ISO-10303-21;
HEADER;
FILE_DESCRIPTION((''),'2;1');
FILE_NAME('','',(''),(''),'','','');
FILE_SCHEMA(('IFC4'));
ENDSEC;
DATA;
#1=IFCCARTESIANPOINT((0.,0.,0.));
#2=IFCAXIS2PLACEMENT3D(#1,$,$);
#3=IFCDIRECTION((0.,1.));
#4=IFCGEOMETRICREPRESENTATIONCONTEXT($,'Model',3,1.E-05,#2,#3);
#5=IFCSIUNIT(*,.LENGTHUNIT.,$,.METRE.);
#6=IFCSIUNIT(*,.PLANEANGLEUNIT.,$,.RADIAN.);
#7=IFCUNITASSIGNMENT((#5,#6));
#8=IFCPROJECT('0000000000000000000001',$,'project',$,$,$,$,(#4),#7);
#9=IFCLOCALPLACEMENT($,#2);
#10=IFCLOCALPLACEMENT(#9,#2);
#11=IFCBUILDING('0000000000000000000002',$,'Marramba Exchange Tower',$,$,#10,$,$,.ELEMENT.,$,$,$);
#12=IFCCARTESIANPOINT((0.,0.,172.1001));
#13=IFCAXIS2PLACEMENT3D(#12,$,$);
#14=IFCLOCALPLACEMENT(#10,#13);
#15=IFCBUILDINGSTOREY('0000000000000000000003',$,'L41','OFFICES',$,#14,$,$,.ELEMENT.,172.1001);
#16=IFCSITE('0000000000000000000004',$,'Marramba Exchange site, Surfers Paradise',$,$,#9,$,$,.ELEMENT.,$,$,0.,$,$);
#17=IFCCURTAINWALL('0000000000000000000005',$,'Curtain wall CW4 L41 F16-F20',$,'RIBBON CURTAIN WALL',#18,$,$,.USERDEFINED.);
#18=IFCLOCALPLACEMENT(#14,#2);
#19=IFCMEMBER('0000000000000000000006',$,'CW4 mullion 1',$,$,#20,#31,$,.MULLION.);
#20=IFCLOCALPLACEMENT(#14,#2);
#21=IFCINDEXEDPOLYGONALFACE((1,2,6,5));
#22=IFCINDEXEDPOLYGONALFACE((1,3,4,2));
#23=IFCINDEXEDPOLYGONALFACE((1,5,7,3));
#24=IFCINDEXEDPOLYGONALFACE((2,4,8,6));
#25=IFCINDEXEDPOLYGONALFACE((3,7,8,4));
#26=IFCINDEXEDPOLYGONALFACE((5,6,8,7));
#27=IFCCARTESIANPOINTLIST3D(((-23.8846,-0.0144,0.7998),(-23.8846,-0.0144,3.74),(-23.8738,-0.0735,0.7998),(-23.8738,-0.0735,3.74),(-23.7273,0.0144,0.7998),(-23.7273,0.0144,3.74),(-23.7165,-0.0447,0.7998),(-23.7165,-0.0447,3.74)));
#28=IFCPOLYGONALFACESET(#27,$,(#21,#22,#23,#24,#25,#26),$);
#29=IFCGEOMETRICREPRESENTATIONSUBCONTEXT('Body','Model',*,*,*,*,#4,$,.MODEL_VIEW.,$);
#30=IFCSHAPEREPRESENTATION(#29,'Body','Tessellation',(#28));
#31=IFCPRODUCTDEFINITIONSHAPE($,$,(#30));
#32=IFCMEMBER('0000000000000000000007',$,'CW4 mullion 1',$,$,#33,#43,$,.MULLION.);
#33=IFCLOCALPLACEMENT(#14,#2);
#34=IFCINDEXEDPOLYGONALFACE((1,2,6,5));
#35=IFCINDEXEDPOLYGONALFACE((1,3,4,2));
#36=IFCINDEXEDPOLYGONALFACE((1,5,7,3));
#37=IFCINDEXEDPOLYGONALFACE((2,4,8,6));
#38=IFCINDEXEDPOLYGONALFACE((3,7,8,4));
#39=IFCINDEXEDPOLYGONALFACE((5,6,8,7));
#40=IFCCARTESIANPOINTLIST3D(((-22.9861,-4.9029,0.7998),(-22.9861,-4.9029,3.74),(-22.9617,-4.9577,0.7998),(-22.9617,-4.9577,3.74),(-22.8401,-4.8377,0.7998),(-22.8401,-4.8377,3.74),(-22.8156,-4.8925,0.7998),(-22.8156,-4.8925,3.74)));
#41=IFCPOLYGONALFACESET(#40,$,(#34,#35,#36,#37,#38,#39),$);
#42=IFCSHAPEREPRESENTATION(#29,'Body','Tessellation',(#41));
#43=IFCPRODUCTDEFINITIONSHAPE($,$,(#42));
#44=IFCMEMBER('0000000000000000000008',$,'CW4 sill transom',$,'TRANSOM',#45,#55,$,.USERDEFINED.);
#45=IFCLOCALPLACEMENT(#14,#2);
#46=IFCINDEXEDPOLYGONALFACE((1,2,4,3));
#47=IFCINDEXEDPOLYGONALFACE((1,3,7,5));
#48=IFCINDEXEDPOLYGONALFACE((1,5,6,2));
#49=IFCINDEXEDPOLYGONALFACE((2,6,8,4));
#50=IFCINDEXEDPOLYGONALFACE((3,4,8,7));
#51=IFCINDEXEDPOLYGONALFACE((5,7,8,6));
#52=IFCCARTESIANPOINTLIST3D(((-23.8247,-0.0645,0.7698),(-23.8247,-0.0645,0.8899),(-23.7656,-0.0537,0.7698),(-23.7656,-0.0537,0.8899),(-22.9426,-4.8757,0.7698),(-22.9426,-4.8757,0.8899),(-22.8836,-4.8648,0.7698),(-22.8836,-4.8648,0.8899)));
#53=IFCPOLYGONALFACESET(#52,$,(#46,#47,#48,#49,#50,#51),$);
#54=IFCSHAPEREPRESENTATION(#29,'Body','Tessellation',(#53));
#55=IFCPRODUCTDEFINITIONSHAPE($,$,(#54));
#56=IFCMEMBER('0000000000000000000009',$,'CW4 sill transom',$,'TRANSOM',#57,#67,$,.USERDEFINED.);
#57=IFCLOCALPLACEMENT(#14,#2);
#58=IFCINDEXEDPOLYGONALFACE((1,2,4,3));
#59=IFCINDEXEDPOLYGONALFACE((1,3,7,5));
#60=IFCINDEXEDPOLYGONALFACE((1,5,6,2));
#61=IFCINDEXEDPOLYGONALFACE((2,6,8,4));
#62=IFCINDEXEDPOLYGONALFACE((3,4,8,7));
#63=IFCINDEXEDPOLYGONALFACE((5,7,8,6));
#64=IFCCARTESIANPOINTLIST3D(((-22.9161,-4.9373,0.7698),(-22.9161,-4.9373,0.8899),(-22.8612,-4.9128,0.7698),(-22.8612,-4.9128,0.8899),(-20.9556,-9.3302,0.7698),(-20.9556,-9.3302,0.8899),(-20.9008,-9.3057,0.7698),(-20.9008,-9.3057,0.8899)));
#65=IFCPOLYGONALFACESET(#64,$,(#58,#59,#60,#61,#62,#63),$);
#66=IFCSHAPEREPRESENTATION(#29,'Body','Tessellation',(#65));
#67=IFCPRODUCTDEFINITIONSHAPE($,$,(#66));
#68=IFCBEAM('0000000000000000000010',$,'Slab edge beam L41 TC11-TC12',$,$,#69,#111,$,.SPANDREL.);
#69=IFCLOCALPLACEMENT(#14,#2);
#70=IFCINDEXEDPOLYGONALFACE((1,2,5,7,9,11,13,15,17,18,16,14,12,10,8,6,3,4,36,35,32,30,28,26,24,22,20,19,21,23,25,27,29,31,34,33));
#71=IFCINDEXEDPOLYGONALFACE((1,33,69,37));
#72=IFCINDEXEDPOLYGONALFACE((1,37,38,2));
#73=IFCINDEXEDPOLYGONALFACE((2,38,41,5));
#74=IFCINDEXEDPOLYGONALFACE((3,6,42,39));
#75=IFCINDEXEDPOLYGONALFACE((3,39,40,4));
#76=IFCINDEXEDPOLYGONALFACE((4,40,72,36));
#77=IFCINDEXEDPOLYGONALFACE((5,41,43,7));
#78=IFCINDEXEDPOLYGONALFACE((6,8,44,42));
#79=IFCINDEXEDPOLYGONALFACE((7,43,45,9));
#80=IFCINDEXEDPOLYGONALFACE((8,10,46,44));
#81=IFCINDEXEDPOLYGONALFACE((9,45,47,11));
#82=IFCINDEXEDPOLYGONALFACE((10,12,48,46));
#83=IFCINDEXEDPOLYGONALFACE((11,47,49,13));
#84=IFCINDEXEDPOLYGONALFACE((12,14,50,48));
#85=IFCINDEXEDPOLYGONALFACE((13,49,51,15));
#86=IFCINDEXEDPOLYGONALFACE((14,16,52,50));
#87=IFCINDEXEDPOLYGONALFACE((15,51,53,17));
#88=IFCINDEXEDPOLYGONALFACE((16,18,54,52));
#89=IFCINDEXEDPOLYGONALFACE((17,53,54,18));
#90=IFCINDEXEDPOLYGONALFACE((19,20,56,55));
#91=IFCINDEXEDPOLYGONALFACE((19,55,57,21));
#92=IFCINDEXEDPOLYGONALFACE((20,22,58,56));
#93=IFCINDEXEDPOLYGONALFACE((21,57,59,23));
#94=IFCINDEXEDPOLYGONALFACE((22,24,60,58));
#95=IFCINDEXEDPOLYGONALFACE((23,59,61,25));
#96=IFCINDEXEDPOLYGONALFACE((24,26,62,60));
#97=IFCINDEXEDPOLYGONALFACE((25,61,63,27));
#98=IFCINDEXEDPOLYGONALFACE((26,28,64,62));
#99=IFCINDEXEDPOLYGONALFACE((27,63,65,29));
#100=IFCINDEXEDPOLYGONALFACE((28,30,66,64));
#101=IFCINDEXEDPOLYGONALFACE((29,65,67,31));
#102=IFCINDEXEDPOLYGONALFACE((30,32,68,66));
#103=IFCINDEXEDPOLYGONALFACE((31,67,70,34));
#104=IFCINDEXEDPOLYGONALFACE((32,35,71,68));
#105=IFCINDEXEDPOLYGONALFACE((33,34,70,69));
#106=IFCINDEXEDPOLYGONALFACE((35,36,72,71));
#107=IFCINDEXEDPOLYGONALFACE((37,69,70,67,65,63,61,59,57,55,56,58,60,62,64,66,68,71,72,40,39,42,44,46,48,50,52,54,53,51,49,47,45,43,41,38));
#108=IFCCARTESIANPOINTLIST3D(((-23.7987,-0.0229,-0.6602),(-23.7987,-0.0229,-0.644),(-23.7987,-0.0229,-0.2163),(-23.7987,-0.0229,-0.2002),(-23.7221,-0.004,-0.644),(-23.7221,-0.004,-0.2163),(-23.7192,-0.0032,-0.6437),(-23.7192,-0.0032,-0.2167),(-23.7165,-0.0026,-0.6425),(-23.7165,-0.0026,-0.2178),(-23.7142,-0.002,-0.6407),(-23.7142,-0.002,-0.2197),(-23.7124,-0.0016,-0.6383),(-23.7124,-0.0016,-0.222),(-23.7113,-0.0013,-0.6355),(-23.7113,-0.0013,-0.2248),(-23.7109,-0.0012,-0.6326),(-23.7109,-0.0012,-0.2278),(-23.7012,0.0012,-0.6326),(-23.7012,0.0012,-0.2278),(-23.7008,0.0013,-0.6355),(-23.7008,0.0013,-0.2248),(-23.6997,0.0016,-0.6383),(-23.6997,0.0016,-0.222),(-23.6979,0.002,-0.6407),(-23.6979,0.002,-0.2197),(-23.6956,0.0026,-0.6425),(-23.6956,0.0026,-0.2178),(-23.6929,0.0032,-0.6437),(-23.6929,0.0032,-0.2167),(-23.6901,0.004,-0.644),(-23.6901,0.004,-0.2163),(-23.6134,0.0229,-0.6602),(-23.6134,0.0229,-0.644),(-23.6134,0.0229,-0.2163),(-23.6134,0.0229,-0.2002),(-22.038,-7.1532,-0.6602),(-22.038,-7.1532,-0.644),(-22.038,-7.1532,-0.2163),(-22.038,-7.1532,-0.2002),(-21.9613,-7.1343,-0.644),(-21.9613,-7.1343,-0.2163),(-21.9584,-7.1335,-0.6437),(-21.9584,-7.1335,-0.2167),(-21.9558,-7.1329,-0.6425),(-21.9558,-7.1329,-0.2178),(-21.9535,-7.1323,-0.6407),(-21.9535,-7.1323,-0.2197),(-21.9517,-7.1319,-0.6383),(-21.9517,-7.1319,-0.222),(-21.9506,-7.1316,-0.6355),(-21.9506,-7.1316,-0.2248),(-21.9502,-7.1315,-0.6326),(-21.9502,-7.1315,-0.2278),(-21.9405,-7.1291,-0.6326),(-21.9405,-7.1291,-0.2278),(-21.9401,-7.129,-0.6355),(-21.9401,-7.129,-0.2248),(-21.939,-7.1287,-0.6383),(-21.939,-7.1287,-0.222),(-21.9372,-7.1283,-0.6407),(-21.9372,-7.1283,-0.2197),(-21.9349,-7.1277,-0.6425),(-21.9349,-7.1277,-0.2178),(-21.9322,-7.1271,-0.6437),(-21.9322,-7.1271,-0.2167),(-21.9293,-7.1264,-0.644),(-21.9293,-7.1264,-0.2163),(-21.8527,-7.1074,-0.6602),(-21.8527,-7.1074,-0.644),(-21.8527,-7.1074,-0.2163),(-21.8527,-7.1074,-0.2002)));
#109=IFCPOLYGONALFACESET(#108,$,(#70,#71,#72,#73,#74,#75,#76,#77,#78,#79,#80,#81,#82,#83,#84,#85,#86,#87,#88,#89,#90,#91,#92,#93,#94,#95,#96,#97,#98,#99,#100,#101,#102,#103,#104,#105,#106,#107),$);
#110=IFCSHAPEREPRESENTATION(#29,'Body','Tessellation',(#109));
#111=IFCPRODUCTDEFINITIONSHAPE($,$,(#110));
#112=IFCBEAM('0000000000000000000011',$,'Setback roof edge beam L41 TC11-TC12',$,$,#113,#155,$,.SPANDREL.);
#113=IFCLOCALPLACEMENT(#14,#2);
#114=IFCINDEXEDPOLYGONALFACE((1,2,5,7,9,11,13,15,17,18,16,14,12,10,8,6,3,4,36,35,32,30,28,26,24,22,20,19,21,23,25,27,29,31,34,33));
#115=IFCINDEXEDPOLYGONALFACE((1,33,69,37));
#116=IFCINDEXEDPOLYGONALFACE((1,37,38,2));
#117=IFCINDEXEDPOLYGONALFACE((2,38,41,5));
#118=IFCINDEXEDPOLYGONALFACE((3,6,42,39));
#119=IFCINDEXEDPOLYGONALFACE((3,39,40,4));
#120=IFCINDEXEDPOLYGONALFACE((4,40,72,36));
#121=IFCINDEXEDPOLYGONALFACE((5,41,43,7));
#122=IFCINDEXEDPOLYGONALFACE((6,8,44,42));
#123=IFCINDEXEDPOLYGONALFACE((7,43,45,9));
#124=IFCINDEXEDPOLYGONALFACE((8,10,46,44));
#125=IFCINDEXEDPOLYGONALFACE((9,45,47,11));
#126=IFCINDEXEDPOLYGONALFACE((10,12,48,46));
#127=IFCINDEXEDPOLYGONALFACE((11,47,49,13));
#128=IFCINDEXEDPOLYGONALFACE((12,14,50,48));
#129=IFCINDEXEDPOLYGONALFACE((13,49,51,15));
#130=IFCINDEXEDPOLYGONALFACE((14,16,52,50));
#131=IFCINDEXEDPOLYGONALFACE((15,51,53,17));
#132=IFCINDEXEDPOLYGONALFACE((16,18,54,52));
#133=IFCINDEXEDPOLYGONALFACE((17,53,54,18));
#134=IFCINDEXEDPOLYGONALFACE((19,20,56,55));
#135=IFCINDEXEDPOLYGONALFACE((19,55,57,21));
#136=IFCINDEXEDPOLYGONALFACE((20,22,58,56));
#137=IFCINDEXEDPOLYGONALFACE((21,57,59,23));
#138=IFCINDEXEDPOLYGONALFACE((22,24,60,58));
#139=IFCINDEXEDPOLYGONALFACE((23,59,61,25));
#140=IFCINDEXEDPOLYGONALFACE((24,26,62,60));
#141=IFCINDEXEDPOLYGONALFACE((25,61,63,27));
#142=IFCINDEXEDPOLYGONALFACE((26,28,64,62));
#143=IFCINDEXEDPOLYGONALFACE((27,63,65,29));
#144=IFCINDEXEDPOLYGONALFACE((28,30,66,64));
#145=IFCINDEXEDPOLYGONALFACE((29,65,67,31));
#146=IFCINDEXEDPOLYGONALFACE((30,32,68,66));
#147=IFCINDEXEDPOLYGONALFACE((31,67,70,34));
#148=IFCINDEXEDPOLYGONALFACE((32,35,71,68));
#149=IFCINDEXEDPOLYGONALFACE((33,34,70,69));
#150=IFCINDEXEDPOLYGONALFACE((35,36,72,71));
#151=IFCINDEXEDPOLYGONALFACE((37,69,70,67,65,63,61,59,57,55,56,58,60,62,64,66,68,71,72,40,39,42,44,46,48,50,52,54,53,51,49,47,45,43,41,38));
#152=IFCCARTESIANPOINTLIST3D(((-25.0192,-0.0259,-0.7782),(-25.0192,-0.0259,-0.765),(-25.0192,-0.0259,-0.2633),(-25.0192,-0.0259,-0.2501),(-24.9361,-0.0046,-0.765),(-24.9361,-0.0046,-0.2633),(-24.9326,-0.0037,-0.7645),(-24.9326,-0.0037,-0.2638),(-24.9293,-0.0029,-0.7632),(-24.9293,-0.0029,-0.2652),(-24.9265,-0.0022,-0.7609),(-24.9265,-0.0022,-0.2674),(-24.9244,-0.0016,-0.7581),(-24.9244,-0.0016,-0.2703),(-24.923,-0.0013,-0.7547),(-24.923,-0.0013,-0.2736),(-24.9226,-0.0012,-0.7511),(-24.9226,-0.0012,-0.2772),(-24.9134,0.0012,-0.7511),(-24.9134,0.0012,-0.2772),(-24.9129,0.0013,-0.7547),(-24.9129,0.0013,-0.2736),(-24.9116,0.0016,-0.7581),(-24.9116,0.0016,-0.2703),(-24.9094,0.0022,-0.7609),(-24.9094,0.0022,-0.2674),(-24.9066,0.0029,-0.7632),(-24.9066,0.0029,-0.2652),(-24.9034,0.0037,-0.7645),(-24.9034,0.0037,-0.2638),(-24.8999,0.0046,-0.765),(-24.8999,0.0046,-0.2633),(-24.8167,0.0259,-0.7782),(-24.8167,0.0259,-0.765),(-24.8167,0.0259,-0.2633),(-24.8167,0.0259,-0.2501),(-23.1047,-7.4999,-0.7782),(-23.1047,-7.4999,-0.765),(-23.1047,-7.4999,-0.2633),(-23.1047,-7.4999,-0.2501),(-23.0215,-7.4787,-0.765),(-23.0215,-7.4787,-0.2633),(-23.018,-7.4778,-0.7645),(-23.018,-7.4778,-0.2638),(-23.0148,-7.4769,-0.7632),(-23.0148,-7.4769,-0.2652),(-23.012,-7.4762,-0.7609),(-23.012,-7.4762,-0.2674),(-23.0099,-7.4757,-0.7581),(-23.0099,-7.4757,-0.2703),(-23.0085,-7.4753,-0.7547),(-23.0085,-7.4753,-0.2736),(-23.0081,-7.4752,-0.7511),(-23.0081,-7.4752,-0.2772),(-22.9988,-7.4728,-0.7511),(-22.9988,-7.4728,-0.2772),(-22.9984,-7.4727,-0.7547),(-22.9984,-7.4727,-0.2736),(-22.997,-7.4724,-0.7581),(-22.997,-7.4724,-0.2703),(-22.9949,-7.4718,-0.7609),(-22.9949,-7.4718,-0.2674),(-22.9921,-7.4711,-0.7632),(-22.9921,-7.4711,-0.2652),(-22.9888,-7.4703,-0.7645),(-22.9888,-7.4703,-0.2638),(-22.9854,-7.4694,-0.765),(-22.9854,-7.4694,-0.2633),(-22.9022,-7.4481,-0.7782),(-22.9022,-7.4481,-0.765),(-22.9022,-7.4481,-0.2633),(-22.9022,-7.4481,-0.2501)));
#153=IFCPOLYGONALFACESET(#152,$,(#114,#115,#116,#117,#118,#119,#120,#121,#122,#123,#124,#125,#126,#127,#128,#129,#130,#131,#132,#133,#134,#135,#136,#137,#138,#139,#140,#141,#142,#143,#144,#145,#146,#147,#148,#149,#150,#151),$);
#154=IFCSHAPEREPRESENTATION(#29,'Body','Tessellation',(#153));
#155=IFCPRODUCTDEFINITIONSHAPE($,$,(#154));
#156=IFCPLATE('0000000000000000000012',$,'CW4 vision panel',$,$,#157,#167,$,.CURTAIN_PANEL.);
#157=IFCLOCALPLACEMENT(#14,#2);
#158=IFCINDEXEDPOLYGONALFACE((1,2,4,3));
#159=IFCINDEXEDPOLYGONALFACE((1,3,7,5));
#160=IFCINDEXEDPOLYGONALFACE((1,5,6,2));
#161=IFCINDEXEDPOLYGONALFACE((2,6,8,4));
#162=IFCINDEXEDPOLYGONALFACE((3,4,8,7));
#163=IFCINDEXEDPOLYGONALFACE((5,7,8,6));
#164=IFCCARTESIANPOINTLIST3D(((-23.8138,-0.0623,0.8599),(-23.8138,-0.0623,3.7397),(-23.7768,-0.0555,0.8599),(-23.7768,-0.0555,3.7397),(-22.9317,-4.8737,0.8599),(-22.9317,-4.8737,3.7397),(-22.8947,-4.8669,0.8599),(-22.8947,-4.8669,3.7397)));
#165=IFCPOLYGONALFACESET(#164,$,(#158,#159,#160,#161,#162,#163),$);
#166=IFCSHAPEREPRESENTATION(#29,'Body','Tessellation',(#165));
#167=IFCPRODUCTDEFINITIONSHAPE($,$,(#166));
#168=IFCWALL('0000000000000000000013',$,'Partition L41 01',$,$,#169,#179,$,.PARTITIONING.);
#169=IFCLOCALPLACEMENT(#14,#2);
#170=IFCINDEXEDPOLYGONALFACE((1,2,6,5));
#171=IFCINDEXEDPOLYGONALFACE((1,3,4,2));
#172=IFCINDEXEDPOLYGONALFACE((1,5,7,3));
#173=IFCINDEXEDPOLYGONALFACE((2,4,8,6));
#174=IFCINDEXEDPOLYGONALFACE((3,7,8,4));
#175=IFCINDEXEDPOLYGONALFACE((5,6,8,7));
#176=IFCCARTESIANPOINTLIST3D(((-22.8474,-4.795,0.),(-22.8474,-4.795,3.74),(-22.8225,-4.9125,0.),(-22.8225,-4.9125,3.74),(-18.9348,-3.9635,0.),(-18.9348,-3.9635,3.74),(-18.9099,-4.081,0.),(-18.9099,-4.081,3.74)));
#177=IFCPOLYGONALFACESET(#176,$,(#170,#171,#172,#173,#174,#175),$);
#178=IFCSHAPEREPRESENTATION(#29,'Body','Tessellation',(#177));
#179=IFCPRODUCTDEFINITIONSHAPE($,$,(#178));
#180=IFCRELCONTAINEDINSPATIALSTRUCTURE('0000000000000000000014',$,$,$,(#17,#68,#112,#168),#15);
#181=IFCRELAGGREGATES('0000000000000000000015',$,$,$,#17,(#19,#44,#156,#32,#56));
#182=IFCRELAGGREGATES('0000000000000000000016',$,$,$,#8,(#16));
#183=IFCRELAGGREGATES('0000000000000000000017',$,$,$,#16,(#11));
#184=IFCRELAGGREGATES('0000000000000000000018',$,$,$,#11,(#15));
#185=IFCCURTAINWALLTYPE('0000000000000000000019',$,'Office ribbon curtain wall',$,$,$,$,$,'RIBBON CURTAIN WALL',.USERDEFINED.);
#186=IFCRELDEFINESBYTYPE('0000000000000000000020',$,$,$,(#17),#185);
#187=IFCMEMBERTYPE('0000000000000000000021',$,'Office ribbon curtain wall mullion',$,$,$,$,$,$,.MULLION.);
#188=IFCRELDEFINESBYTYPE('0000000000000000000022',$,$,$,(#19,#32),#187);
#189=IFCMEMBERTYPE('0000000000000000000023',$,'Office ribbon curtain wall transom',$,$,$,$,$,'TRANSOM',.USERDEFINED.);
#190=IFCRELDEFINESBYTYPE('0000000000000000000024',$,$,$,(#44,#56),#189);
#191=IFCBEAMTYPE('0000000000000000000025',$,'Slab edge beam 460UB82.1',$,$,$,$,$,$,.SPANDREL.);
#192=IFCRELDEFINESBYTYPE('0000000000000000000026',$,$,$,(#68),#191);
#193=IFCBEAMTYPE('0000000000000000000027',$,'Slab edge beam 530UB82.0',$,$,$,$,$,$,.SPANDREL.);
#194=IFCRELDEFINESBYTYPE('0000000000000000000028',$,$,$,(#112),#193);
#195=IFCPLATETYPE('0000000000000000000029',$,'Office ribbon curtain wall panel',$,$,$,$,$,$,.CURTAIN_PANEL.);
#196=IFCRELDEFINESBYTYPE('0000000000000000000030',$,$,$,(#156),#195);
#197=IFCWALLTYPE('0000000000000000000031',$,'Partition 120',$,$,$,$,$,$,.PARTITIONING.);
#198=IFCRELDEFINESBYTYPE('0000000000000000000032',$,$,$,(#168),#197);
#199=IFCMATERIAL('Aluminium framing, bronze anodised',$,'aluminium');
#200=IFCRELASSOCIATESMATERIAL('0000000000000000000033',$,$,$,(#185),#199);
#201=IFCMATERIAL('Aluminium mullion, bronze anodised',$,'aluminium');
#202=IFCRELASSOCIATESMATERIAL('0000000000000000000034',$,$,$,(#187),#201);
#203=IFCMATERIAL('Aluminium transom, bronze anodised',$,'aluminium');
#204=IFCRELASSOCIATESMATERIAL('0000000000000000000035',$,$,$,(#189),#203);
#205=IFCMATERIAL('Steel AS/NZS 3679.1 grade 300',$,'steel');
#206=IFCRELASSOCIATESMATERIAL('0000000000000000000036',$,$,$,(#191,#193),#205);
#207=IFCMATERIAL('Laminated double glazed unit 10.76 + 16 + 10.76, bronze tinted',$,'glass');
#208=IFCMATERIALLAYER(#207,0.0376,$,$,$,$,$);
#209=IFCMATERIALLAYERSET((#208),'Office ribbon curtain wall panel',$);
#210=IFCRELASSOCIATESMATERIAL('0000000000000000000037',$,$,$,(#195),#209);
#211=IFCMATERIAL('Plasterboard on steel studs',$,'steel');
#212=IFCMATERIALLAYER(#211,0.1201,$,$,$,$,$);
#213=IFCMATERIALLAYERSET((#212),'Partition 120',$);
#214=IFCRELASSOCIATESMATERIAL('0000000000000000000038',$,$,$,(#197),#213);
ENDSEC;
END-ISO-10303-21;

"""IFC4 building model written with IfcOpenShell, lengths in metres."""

from ifc_helpers import new_model, si_unit, direction, frame, frame_2d, origin, origin_2d, place, context, subcontext, project, spatial, rectangle, i_section, extrude, material, layer, layer_set, material_profile, profile_set, type_object, element, aggregate, save


model = new_model("IFC4")

# Units and contexts
model_context = context("Model", 3, precision=1e-05, world=origin(), true_north=direction((0.0, 1.0)))
body_context = subcontext(model_context, "Body", "Model", "MODEL_VIEW")
ifc_project = project(units=[si_unit("LENGTHUNIT", "METRE"), si_unit("PLANEANGLEUNIT", "RADIAN")], contexts=[model_context])

# Site, building, storey
site_placement = place(None, origin())
site = spatial("IfcSite", under=ifc_project, at=site_placement, Name="Marramba Exchange site, Surfers Paradise", CompositionType="ELEMENT", RefElevation=0.0)
building_placement = place(site_placement, origin())
building = spatial("IfcBuilding", under=site, at=building_placement, Name="Marramba Exchange Tower", CompositionType="ELEMENT")
storey_placement = place(building_placement, frame((0.0, 0.0, 172.1001)))
storey = spatial("IfcBuildingStorey", under=building, at=storey_placement, Name="L41", Description="OFFICES", CompositionType="ELEMENT", Elevation=172.1001)

# Curtain wall, members
ifc_material_1 = material(Name="Aluminium framing, bronze anodised", Category="aluminium")
curtain_wall_type = type_object("IfcCurtainWallType", Name="Office ribbon curtain wall", ElementType="RIBBON CURTAIN WALL", PredefinedType="USERDEFINED", material=ifc_material_1)
curtain_wall_placement = place(storey_placement, origin())
curtain_wall = element("IfcCurtainWall", 1, at=curtain_wall_placement, inside=storey, type_object=curtain_wall_type, Name="Curtain wall CW4 L41 F16-F20", ObjectType="RIBBON CURTAIN WALL", PredefinedType="USERDEFINED")
ifc_material_2 = material(Name="Aluminium mullion, bronze anodised", Category="aluminium")
ifc_material_profile_1 = material_profile(ifc_material_2, rectangle(XDim=0.1599, YDim=0.0601, at=origin_2d()), Name="CW4 mullion 60x160")
ifc_profile_set_1 = profile_set([ifc_material_profile_1], Name="Aluminium mullion, bronze anodised")
member_type_1 = type_object("IfcMemberType", Name="Office ribbon curtain wall mullion", PredefinedType="MULLION", material=ifc_profile_set_1)
member_1_placement = place(storey_placement, frame((-23.8005, -0.0295, 0.7998), z_axis=(0.0, 0.0, 1.0), x_axis=(0.983607, 0.180327, 0.0)))
member_1 = element("IfcMember", 2, at=member_1_placement, type_object=member_type_1, Name="CW4 mullion 1", PredefinedType="MULLION", context=body_context, shape_type="SweptSolid", body=[
    extrude(rectangle(XDim=0.1599, YDim=0.0601, at=origin_2d()), origin(), (0.0, 0.0, 1.0), 2.9402),
])
member_2_placement = place(storey_placement, frame((-22.9009, -4.8977, 0.7998), z_axis=(0.0, 0.0, 1.0), x_axis=(0.91318, 0.407558, 0.0)))
member_2 = element("IfcMember", 3, at=member_2_placement, type_object=member_type_1, Name="CW4 mullion 1", PredefinedType="MULLION", context=body_context, shape_type="SweptSolid", body=[
    extrude(rectangle(XDim=0.1599, YDim=0.0601, at=origin_2d()), origin(), (0.0, 0.0, 1.0), 2.9402),
])
ifc_material_3 = material(Name="Aluminium transom, bronze anodised", Category="aluminium")
ifc_material_profile_2 = material_profile(ifc_material_3, rectangle(XDim=0.0601, YDim=0.1201, at=origin_2d()), Name="CW4 transom 60x120")
ifc_profile_set_2 = profile_set([ifc_material_profile_2], Name="Aluminium transom, bronze anodised")
member_type_2 = type_object("IfcMemberType", Name="Office ribbon curtain wall transom", ElementType="TRANSOM", PredefinedType="USERDEFINED", material=ifc_profile_set_2)
member_3_placement = place(storey_placement, frame((-23.7952, -0.0591, 0.8298), z_axis=(0.18033, -0.983606, 0.0), x_axis=(0.983606, 0.18033, 0.0)))
member_3 = element("IfcMember", 4, at=member_3_placement, type_object=member_type_2, Name="CW4 sill transom", ObjectType="TRANSOM", PredefinedType="USERDEFINED", context=body_context, shape_type="SweptSolid", body=[
    extrude(rectangle(XDim=0.0601, YDim=0.1201, at=origin_2d()), origin(), (0.0, 0.0, 1.0), 4.8914),
])
member_4_placement = place(storey_placement, frame((-22.8887, -4.925, 0.8298), z_axis=(0.407541, -0.913187, 0.0), x_axis=(0.913187, 0.407541, 0.0)))
member_4 = element("IfcMember", 5, at=member_4_placement, type_object=member_type_2, Name="CW4 sill transom", ObjectType="TRANSOM", PredefinedType="USERDEFINED", context=body_context, shape_type="SweptSolid", body=[
    extrude(rectangle(XDim=0.0601, YDim=0.1201, at=origin_2d()), origin(), (0.0, 0.0, 1.0), 4.8105),
])

# Beams
ifc_material_4 = material(Name="Steel AS/NZS 3679.1 grade 300", Category="steel")
ifc_material_profile_3 = material_profile(ifc_material_4, i_section(OverallWidth=0.1909, OverallDepth=0.46, WebThickness=0.01, FlangeThickness=0.0161, FilletRadius=0.0115, at=origin_2d()), Name="460UB82.1")
ifc_profile_set_3 = profile_set([ifc_material_profile_3], Name="Steel AS/NZS 3679.1 grade 300")
beam_type_1 = type_object("IfcBeamType", Name="Slab edge beam 460UB82.1", PredefinedType="SPANDREL", material=ifc_profile_set_3)
beam_1_placement = place(storey_placement, frame((-23.7061, 0.0, -0.4302), z_axis=(0.239735, -0.970838, 0.0), x_axis=(0.970838, 0.239735, 0.0)))
element("IfcBeam", 6, at=beam_1_placement, inside=storey, type_object=beam_type_1, Name="Slab edge beam L41 TC11-TC12", PredefinedType="SPANDREL", context=body_context, shape_type="SweptSolid", body=[
    extrude(i_section(OverallWidth=0.1909, OverallDepth=0.46, WebThickness=0.01, FlangeThickness=0.0161, FilletRadius=0.0115, at=origin_2d()), origin(), (0.0, 0.0, 1.0), 7.3445),
])
ifc_material_profile_4 = material_profile(ifc_material_4, i_section(OverallWidth=0.209, OverallDepth=0.5281, WebThickness=0.0095, FlangeThickness=0.0132, FilletRadius=0.0139, at=origin_2d()), Name="530UB82.0")
ifc_profile_set_4 = profile_set([ifc_material_profile_4], Name="Steel AS/NZS 3679.1 grade 300")
beam_type_2 = type_object("IfcBeamType", Name="Slab edge beam 530UB82.0", PredefinedType="SPANDREL", material=ifc_profile_set_4)
beam_2_placement = place(storey_placement, frame((-24.918, 0.0, -0.5142), z_axis=(0.248145, -0.968723, 0.0), x_axis=(0.968723, 0.248145, 0.0)))
element("IfcBeam", 7, at=beam_2_placement, inside=storey, type_object=beam_type_2, Name="Setback roof edge beam L41 TC11-TC12", PredefinedType="SPANDREL", context=body_context, shape_type="SweptSolid", body=[
    extrude(i_section(OverallWidth=0.209, OverallDepth=0.5281, WebThickness=0.0095, FlangeThickness=0.0132, FilletRadius=0.0139, at=origin_2d()), origin(), (0.0, 0.0, 1.0), 7.7153),
])

# Plate
ifc_material_5 = material(Name="Laminated double glazed unit 10.76 + 16 + 10.76, bronze tinted", Category="glass")
ifc_layer_1 = layer(ifc_material_5, 0.0376)
ifc_layer_set_1 = layer_set([ifc_layer_1], Name="Office ribbon curtain wall panel")
plate_type = type_object("IfcPlateType", Name="Office ribbon curtain wall panel", PredefinedType="CURTAIN_PANEL", material=ifc_layer_set_1)
plate_placement = place(storey_placement, frame((-23.3542, -2.4646, 0.8599), z_axis=(0.0, 0.0, 1.0), x_axis=(0.180327, -0.983607, 0.0)))
plate = element("IfcPlate", 8, at=plate_placement, type_object=plate_type, Name="CW4 vision panel", PredefinedType="CURTAIN_PANEL", context=body_context, shape_type="SweptSolid", body=[
    extrude(rectangle(XDim=4.8916, YDim=0.0376, at=origin_2d()), origin(), (0.0, 0.0, 1.0), 2.8799),
])
aggregate(curtain_wall, [member_1, member_3, plate, member_2, member_4])

# Wall
ifc_material_6 = material(Name="Plasterboard on steel studs", Category="steel")
ifc_layer_2 = layer(ifc_material_6, 0.1201)
ifc_layer_set_2 = layer_set([ifc_layer_2], Name="Partition 120")
wall_type_1 = type_object("IfcWallType", Name="Partition 120", PredefinedType="PARTITIONING", material=ifc_layer_set_2)
wall_1_placement = place(storey_placement, frame((-22.835, -4.8538, 0.0), z_axis=(0.0, 0.0, 1.0), x_axis=(0.978153, 0.207886, 0.0)))
element("IfcWall", 9, at=wall_1_placement, inside=storey, type_object=wall_type_1, Name="Partition L41 01", PredefinedType="PARTITIONING", context=body_context, shape_type="SweptSolid", body=[
    extrude(rectangle(XDim=4.0, YDim=0.1201, at=frame_2d((2.0, 0.0))), origin(), (0.0, 0.0, 1.0), 3.74),
])

save(model, "model.ifc")
